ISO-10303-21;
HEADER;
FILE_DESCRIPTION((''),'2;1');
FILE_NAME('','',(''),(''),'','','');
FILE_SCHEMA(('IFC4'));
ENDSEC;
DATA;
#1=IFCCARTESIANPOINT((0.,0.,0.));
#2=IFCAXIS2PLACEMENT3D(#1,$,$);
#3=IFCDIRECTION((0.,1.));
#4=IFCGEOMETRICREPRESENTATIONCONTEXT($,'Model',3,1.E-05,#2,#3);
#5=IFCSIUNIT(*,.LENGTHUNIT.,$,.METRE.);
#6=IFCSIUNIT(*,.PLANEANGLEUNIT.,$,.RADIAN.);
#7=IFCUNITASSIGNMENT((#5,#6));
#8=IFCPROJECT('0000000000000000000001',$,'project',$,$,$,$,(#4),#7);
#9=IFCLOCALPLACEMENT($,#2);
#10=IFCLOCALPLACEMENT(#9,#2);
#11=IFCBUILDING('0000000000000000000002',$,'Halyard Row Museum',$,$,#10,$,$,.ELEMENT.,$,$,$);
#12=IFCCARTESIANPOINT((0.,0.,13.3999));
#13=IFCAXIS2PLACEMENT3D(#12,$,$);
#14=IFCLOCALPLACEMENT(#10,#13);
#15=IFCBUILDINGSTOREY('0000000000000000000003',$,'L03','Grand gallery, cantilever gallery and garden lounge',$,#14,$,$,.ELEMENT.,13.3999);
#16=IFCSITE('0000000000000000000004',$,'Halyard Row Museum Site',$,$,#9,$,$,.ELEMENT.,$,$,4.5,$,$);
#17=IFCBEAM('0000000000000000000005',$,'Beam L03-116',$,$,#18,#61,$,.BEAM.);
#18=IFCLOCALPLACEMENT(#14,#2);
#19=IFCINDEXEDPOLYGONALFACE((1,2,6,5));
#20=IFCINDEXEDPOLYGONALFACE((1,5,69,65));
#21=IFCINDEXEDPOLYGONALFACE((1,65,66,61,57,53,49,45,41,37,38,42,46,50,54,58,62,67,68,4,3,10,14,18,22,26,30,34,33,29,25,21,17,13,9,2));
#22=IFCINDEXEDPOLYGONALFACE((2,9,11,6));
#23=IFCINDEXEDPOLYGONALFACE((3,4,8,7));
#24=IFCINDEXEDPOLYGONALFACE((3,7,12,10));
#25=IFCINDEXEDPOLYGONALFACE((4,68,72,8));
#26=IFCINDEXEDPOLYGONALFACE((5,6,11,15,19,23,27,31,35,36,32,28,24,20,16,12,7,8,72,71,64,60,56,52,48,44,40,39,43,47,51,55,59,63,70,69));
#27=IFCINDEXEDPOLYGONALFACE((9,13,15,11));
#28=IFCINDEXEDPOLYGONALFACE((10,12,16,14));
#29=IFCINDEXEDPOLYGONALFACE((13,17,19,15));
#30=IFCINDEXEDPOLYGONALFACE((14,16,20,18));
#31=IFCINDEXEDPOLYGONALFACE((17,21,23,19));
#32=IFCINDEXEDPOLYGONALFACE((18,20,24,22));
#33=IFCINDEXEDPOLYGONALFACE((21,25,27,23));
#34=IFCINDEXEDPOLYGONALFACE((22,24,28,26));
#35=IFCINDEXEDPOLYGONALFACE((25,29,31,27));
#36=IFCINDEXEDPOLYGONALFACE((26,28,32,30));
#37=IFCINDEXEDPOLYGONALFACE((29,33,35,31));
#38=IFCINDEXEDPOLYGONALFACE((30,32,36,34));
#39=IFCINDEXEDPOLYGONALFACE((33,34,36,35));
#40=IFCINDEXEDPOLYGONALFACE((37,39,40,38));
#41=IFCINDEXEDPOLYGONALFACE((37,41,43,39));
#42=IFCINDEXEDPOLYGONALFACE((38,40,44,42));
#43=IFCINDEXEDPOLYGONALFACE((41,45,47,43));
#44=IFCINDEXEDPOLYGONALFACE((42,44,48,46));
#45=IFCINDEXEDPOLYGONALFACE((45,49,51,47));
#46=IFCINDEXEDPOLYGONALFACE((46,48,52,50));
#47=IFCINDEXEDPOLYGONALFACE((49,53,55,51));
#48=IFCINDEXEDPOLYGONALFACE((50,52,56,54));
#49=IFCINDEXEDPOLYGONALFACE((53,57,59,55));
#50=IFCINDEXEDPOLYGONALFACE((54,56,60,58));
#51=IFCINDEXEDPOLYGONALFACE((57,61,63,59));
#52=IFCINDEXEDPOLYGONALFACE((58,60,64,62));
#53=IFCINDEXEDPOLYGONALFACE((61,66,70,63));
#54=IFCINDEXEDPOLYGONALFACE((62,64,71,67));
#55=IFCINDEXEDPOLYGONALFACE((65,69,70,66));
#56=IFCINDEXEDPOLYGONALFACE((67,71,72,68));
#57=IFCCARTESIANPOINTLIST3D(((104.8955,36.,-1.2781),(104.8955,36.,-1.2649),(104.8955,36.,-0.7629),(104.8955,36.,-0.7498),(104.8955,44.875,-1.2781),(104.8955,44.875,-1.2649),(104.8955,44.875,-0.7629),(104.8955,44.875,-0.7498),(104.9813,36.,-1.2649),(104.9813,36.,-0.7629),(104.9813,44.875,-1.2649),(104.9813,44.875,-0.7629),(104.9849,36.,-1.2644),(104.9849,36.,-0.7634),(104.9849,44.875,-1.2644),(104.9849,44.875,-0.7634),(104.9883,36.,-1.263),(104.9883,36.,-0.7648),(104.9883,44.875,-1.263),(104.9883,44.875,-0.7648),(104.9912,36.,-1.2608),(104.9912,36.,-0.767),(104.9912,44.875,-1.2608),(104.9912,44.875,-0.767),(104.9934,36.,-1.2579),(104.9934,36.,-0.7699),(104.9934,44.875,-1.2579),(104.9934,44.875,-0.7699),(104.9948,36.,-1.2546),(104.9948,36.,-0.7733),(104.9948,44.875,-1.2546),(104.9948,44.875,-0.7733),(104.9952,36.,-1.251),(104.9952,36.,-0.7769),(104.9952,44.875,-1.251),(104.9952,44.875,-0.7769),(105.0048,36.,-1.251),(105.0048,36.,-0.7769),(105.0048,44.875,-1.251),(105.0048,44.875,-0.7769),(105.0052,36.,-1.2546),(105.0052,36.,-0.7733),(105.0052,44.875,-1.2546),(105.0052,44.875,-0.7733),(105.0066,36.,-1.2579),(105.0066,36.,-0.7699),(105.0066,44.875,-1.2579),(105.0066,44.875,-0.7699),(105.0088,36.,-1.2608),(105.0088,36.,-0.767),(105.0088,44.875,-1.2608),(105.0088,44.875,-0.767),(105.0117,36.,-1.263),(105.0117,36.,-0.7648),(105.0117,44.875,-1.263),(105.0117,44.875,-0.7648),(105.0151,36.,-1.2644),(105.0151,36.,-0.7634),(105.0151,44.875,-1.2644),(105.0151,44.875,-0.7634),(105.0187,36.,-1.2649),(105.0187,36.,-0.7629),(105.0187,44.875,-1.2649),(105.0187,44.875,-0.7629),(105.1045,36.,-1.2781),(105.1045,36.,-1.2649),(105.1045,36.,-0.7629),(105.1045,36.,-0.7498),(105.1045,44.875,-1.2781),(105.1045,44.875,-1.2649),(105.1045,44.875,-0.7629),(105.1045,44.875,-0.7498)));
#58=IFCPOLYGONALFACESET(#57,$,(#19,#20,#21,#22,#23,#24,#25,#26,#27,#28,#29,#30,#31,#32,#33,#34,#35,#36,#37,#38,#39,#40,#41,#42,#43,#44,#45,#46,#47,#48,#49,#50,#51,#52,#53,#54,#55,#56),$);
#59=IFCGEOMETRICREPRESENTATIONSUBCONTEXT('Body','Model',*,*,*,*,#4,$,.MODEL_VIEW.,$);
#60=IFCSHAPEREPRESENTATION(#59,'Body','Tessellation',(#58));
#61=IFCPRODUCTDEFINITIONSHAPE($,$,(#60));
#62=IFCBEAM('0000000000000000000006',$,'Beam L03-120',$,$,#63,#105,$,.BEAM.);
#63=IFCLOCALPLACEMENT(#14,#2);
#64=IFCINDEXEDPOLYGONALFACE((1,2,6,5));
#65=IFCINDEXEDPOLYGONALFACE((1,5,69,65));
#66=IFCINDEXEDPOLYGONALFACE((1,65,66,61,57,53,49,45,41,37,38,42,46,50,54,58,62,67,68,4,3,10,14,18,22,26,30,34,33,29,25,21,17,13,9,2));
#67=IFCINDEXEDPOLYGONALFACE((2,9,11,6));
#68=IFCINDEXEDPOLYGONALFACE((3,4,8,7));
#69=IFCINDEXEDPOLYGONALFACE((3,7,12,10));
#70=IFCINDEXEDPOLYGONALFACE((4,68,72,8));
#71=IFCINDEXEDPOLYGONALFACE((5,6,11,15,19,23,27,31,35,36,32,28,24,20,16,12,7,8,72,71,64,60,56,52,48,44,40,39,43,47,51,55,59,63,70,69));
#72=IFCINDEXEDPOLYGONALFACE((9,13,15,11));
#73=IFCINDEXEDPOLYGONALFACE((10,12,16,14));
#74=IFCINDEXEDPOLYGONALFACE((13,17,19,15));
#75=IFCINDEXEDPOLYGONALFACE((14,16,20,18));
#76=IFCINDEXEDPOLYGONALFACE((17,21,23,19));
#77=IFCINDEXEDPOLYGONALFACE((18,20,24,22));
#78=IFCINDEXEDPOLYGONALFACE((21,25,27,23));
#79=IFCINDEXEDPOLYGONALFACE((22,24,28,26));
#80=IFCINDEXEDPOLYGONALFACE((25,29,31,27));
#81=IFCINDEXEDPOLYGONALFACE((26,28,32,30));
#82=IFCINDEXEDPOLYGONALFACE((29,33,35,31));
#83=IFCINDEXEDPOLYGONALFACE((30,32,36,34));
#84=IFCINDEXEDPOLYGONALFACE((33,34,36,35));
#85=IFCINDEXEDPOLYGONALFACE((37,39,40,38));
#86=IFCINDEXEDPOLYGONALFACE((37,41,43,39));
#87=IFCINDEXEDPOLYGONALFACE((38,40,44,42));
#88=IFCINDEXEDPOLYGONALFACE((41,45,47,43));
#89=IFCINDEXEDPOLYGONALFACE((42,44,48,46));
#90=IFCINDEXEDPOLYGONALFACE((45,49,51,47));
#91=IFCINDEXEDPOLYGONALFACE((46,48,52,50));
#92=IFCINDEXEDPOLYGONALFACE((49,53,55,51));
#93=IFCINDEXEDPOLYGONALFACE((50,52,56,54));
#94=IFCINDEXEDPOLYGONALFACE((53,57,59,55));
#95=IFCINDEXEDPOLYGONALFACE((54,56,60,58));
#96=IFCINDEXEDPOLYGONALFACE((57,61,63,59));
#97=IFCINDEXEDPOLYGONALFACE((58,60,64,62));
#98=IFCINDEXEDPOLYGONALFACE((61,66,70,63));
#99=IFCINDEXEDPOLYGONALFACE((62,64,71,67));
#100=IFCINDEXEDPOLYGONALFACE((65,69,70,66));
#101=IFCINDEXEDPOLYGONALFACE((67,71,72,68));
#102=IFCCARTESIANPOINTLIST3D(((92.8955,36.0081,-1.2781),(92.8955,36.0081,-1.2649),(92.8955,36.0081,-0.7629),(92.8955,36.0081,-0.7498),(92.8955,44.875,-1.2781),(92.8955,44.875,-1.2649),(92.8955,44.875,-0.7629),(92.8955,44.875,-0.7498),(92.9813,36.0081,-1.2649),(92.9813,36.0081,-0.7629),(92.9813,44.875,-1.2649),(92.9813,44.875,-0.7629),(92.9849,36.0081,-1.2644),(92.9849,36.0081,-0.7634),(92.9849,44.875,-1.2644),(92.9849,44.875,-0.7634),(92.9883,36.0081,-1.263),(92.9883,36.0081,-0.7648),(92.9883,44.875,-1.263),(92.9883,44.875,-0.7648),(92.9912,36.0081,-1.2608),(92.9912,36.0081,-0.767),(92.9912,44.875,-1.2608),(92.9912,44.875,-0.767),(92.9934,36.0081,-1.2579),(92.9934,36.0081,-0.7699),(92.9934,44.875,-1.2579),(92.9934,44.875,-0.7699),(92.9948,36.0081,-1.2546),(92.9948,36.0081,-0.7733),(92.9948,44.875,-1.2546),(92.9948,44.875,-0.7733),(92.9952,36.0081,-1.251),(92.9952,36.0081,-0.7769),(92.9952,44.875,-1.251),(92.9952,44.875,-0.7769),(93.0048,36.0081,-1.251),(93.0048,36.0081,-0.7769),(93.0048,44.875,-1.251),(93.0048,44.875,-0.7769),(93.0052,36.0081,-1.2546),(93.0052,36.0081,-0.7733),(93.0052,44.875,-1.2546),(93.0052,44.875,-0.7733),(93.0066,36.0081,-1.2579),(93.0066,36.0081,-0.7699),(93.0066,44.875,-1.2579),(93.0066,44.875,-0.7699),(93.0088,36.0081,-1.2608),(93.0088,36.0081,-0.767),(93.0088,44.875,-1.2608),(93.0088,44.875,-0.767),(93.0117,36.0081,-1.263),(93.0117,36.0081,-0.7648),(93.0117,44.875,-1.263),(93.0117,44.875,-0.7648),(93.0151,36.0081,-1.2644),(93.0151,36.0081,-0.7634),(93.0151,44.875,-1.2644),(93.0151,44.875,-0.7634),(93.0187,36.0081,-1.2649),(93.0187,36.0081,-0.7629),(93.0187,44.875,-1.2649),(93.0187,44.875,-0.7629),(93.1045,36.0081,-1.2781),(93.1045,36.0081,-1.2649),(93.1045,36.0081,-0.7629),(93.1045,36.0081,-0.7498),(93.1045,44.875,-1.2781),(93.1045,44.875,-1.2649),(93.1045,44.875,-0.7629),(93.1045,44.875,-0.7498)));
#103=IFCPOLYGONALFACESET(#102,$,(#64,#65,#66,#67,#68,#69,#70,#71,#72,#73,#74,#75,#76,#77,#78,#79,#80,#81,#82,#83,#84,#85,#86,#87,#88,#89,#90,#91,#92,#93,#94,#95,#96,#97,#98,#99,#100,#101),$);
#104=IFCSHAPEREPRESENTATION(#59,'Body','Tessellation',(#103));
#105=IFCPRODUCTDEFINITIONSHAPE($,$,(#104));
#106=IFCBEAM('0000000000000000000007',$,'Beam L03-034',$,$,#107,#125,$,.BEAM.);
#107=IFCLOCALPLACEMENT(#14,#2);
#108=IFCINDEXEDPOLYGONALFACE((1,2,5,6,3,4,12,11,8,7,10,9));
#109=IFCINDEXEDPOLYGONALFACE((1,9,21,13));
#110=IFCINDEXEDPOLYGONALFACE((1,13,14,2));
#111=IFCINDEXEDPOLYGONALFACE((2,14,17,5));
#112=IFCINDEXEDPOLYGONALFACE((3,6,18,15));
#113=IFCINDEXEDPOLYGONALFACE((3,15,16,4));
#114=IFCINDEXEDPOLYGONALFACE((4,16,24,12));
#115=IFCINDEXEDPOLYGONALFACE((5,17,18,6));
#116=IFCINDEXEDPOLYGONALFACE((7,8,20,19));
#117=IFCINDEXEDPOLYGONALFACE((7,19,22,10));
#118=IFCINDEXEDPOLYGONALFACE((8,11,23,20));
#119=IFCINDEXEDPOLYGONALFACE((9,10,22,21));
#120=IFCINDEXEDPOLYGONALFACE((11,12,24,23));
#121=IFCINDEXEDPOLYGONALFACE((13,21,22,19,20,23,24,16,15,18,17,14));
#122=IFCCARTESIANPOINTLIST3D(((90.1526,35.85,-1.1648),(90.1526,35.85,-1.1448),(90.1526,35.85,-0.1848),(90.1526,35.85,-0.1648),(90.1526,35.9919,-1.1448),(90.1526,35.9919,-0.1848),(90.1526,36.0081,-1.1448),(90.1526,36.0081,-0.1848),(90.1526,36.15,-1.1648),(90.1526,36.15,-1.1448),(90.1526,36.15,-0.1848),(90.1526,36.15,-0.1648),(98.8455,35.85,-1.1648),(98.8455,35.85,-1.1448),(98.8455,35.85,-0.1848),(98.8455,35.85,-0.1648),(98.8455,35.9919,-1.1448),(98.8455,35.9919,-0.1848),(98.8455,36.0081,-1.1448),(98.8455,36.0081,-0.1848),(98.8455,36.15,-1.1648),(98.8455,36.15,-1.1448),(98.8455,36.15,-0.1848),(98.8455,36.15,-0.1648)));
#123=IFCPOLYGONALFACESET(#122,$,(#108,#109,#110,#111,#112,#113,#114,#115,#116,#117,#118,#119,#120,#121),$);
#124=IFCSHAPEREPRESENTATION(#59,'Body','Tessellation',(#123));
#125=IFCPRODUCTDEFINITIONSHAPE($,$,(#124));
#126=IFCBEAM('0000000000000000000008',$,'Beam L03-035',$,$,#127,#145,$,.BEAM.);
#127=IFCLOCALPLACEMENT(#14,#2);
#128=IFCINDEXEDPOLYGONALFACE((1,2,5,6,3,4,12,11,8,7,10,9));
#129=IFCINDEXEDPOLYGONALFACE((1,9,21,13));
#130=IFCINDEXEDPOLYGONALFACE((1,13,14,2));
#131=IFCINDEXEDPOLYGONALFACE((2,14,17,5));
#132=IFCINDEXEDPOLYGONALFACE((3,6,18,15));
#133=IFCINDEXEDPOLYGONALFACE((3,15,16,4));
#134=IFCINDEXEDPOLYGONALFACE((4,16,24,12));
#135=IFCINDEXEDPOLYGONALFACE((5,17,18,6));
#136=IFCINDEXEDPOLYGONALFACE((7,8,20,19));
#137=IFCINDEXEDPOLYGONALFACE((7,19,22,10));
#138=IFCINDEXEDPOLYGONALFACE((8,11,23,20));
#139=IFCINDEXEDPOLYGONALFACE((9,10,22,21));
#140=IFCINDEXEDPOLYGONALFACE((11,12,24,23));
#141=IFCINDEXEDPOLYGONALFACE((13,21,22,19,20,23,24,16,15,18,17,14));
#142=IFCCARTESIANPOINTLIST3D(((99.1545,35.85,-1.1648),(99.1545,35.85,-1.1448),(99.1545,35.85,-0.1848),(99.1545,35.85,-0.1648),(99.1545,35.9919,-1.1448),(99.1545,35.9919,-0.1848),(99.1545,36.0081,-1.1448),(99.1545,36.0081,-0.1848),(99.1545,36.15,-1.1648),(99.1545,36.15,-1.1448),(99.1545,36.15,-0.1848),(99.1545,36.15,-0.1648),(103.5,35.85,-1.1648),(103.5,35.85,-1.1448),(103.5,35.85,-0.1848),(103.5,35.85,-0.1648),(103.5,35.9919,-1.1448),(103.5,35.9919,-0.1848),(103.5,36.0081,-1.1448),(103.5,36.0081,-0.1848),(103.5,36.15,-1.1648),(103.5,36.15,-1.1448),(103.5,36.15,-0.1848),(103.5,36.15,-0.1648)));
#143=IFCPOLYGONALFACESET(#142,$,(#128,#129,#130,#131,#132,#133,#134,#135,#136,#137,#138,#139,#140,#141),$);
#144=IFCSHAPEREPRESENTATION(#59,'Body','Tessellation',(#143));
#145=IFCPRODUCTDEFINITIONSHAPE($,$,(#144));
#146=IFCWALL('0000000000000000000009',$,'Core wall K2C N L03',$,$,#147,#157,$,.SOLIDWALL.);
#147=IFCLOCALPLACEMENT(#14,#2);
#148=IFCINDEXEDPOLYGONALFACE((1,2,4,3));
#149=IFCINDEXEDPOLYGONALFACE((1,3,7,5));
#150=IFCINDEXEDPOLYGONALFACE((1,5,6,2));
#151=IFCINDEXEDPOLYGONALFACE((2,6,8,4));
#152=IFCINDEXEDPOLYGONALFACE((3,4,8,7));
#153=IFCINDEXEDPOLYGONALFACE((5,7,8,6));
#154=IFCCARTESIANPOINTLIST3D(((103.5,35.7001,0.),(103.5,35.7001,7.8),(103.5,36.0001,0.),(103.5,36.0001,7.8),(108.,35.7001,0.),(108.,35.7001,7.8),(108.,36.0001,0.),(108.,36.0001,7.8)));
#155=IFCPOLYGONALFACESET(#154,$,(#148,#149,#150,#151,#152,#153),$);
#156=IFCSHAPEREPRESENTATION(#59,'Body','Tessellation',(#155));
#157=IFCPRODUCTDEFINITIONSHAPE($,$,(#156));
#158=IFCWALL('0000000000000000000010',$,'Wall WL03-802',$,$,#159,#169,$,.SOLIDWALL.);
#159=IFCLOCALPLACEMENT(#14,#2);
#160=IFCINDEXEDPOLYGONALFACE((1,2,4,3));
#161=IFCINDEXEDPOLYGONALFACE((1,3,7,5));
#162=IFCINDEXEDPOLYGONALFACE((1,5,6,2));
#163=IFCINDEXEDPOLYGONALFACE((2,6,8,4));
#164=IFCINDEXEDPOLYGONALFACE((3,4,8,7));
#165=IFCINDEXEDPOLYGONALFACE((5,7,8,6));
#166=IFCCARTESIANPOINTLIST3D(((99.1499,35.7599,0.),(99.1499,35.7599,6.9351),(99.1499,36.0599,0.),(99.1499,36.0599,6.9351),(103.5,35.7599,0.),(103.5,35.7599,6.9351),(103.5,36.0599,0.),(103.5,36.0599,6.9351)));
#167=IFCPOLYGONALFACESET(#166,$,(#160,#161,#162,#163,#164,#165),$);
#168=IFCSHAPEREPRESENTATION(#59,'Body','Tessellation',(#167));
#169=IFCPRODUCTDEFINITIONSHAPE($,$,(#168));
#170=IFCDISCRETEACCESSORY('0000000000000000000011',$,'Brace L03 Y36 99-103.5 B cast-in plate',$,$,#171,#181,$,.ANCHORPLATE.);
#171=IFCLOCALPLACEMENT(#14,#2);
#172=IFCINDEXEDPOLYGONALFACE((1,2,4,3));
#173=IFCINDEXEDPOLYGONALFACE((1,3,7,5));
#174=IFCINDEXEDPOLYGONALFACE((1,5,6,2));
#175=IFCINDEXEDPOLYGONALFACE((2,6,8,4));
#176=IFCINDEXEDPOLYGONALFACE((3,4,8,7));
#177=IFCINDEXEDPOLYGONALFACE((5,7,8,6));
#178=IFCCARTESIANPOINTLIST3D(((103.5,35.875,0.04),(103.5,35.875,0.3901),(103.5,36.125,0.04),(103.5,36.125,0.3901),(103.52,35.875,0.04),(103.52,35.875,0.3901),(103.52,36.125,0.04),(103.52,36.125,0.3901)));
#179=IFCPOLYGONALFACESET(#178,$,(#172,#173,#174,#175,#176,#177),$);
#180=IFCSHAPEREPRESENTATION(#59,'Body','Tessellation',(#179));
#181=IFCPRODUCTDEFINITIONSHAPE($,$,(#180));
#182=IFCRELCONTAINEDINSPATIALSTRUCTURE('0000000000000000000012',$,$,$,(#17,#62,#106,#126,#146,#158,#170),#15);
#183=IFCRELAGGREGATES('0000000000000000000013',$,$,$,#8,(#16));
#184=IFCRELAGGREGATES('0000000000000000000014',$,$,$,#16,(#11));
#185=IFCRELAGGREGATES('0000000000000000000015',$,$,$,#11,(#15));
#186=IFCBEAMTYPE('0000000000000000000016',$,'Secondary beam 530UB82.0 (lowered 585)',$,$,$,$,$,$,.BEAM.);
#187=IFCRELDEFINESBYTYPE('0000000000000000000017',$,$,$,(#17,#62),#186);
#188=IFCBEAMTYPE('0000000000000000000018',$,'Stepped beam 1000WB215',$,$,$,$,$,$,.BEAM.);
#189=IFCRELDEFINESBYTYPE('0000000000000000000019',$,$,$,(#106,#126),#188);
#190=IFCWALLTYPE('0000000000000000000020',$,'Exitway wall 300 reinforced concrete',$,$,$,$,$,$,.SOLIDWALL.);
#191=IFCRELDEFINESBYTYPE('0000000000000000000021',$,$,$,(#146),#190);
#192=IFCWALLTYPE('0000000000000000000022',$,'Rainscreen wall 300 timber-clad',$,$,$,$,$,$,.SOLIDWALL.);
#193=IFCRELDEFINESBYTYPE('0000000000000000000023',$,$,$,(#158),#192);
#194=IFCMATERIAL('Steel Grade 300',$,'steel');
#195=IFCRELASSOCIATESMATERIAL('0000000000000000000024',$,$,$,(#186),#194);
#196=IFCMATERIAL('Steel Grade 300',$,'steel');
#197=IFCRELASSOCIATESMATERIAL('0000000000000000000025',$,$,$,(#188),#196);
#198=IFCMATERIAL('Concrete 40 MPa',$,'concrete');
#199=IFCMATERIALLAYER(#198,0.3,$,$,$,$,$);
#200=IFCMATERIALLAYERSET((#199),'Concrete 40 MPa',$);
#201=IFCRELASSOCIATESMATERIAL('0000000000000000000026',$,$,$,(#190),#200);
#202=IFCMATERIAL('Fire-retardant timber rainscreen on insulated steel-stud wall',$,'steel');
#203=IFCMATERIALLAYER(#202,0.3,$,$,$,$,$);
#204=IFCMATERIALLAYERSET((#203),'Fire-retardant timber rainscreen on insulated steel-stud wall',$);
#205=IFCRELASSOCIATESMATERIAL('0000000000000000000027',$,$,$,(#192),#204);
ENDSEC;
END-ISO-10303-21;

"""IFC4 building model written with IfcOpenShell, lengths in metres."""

from ifc_helpers import new_model, si_unit, direction, frame, frame_2d, origin, origin_2d, place, context, subcontext, project, spatial, rectangle, i_section, extrude, material, layer, layer_set, material_profile, profile_set, type_object, element, save


model = new_model("IFC4")

# Units and contexts
model_context = context("Model", 3, precision=1e-05, world=origin(), true_north=direction((0.0, 1.0)))
body_context = subcontext(model_context, "Body", "Model", "MODEL_VIEW")
ifc_project = project(units=[si_unit("LENGTHUNIT", "METRE"), si_unit("PLANEANGLEUNIT", "RADIAN")], contexts=[model_context])

# Site, building, storey
site_placement = place(None, origin())
site = spatial("IfcSite", under=ifc_project, at=site_placement, Name="Halyard Row Museum Site", CompositionType="ELEMENT", RefElevation=4.5)
building_placement = place(site_placement, origin())
building = spatial("IfcBuilding", under=site, at=building_placement, Name="Halyard Row Museum", CompositionType="ELEMENT")
storey_placement = place(building_placement, frame((0.0, 0.0, 13.3999)))
storey = spatial("IfcBuildingStorey", under=building, at=storey_placement, Name="L03", Description="Grand gallery, cantilever gallery and garden lounge", CompositionType="ELEMENT", Elevation=13.3999)

# Beams
ifc_material_1 = material(Name="Steel Grade 300", Category="steel")
ifc_material_profile_1 = material_profile(ifc_material_1, i_section(OverallWidth=0.209, OverallDepth=0.5283, WebThickness=0.0095, FlangeThickness=0.0132, FilletRadius=0.0139, at=origin_2d()), Name="530UB82.0")
ifc_profile_set_1 = profile_set([ifc_material_profile_1], Name="Steel Grade 300")
beam_type_1 = type_object("IfcBeamType", Name="Secondary beam 530UB82.0 (lowered 585)", PredefinedType="BEAM", material=ifc_profile_set_1)
beam_1_placement = place(storey_placement, frame((105.0, 36.0, -1.0139), z_axis=(0.0, 1.0, 0.0), x_axis=(-1.0, 0.0, 0.0)))
element("IfcBeam", 1, at=beam_1_placement, inside=storey, type_object=beam_type_1, Name="Beam L03-116", PredefinedType="BEAM", context=body_context, shape_type="SweptSolid", body=[
    extrude(i_section(OverallWidth=0.209, OverallDepth=0.5283, WebThickness=0.0095, FlangeThickness=0.0132, FilletRadius=0.0139, at=origin_2d()), origin(), (0.0, 0.0, 1.0), 8.875),
])
beam_2_placement = place(storey_placement, frame((93.0, 36.0081, -1.0139), z_axis=(0.0, 1.0, 0.0), x_axis=(-1.0, 0.0, 0.0)))
element("IfcBeam", 2, at=beam_2_placement, inside=storey, type_object=beam_type_1, Name="Beam L03-120", PredefinedType="BEAM", context=body_context, shape_type="SweptSolid", body=[
    extrude(i_section(OverallWidth=0.209, OverallDepth=0.5283, WebThickness=0.0095, FlangeThickness=0.0132, FilletRadius=0.0139, at=origin_2d()), origin(), (0.0, 0.0, 1.0), 8.8669),
])
ifc_material_2 = material(Name="Steel Grade 300", Category="steel")
ifc_material_profile_2 = material_profile(ifc_material_2, i_section(OverallWidth=0.3, OverallDepth=1.0, WebThickness=0.0161, FlangeThickness=0.02, at=origin_2d()), Name="1000WB215")
ifc_profile_set_2 = profile_set([ifc_material_profile_2], Name="Steel Grade 300")
beam_type_2 = type_object("IfcBeamType", Name="Stepped beam 1000WB215", PredefinedType="BEAM", material=ifc_profile_set_2)
beam_3_placement = place(storey_placement, frame((90.1526, 36.0, -0.6648), z_axis=(1.0, 0.0, 0.0), x_axis=(0.0, 1.0, 0.0)))
element("IfcBeam", 3, at=beam_3_placement, inside=storey, type_object=beam_type_2, Name="Beam L03-034", PredefinedType="BEAM", context=body_context, shape_type="SweptSolid", body=[
    extrude(i_section(OverallWidth=0.3, OverallDepth=1.0, WebThickness=0.0161, FlangeThickness=0.02, at=origin_2d()), origin(), (0.0, 0.0, 1.0), 8.6929),
])
beam_4_placement = place(storey_placement, frame((99.1545, 36.0, -0.6648), z_axis=(1.0, 0.0, 0.0), x_axis=(0.0, 1.0, 0.0)))
element("IfcBeam", 4, at=beam_4_placement, inside=storey, type_object=beam_type_2, Name="Beam L03-035", PredefinedType="BEAM", context=body_context, shape_type="SweptSolid", body=[
    extrude(i_section(OverallWidth=0.3, OverallDepth=1.0, WebThickness=0.0161, FlangeThickness=0.02, at=origin_2d()), origin(), (0.0, 0.0, 1.0), 4.3455),
])

# Walls
ifc_material_3 = material(Name="Concrete 40 MPa", Category="concrete")
ifc_layer_1 = layer(ifc_material_3, 0.3)
ifc_layer_set_1 = layer_set([ifc_layer_1], Name="Concrete 40 MPa")
wall_type_1 = type_object("IfcWallType", Name="Exitway wall 300 reinforced concrete", PredefinedType="SOLIDWALL", material=ifc_layer_set_1)
wall_1_placement = place(storey_placement, frame((103.5, 35.8501, 0.0), z_axis=(0.0, 0.0, 1.0), x_axis=(1.0, 0.0, 0.0)))
element("IfcWall", 5, at=wall_1_placement, inside=storey, type_object=wall_type_1, Name="Core wall K2C N L03", PredefinedType="SOLIDWALL", context=body_context, shape_type="SweptSolid", body=[
    extrude(rectangle(XDim=4.5, YDim=0.3, at=frame_2d((2.25, 0.0))), origin(), (0.0, 0.0, 1.0), 7.8),
])
ifc_material_4 = material(Name="Fire-retardant timber rainscreen on insulated steel-stud wall", Category="steel")
ifc_layer_2 = layer(ifc_material_4, 0.3)
ifc_layer_set_2 = layer_set([ifc_layer_2], Name="Fire-retardant timber rainscreen on insulated steel-stud wall")
wall_type_2 = type_object("IfcWallType", Name="Rainscreen wall 300 timber-clad", PredefinedType="SOLIDWALL", material=ifc_layer_set_2)
wall_2_placement = place(storey_placement, frame((99.1499, 35.9099, 0.0), z_axis=(0.0, 0.0, 1.0), x_axis=(1.0, 0.0, 0.0)))
element("IfcWall", 6, at=wall_2_placement, inside=storey, type_object=wall_type_2, Name="Wall WL03-802", PredefinedType="SOLIDWALL", context=body_context, shape_type="SweptSolid", body=[
    extrude(rectangle(XDim=4.3501, YDim=0.3, at=frame_2d((2.175, 0.0))), origin(), (0.0, 0.0, 1.0), 6.9351),
])

# Discrete accessory
discrete_accessory_placement = place(storey_placement, frame((103.5, 36.0, 0.2151), z_axis=(1.0, 0.0, 0.0), x_axis=(0.0, 1.0, 0.0)))
element("IfcDiscreteAccessory", 7, at=discrete_accessory_placement, inside=storey, Name="Brace L03 Y36 99-103.5 B cast-in plate", PredefinedType="ANCHORPLATE", context=body_context, shape_type="SweptSolid", body=[
    extrude(rectangle(XDim=0.25, YDim=0.3501, at=origin_2d()), origin(), (0.0, 0.0, 1.0), 0.02),
])

save(model, "model.ifc")
